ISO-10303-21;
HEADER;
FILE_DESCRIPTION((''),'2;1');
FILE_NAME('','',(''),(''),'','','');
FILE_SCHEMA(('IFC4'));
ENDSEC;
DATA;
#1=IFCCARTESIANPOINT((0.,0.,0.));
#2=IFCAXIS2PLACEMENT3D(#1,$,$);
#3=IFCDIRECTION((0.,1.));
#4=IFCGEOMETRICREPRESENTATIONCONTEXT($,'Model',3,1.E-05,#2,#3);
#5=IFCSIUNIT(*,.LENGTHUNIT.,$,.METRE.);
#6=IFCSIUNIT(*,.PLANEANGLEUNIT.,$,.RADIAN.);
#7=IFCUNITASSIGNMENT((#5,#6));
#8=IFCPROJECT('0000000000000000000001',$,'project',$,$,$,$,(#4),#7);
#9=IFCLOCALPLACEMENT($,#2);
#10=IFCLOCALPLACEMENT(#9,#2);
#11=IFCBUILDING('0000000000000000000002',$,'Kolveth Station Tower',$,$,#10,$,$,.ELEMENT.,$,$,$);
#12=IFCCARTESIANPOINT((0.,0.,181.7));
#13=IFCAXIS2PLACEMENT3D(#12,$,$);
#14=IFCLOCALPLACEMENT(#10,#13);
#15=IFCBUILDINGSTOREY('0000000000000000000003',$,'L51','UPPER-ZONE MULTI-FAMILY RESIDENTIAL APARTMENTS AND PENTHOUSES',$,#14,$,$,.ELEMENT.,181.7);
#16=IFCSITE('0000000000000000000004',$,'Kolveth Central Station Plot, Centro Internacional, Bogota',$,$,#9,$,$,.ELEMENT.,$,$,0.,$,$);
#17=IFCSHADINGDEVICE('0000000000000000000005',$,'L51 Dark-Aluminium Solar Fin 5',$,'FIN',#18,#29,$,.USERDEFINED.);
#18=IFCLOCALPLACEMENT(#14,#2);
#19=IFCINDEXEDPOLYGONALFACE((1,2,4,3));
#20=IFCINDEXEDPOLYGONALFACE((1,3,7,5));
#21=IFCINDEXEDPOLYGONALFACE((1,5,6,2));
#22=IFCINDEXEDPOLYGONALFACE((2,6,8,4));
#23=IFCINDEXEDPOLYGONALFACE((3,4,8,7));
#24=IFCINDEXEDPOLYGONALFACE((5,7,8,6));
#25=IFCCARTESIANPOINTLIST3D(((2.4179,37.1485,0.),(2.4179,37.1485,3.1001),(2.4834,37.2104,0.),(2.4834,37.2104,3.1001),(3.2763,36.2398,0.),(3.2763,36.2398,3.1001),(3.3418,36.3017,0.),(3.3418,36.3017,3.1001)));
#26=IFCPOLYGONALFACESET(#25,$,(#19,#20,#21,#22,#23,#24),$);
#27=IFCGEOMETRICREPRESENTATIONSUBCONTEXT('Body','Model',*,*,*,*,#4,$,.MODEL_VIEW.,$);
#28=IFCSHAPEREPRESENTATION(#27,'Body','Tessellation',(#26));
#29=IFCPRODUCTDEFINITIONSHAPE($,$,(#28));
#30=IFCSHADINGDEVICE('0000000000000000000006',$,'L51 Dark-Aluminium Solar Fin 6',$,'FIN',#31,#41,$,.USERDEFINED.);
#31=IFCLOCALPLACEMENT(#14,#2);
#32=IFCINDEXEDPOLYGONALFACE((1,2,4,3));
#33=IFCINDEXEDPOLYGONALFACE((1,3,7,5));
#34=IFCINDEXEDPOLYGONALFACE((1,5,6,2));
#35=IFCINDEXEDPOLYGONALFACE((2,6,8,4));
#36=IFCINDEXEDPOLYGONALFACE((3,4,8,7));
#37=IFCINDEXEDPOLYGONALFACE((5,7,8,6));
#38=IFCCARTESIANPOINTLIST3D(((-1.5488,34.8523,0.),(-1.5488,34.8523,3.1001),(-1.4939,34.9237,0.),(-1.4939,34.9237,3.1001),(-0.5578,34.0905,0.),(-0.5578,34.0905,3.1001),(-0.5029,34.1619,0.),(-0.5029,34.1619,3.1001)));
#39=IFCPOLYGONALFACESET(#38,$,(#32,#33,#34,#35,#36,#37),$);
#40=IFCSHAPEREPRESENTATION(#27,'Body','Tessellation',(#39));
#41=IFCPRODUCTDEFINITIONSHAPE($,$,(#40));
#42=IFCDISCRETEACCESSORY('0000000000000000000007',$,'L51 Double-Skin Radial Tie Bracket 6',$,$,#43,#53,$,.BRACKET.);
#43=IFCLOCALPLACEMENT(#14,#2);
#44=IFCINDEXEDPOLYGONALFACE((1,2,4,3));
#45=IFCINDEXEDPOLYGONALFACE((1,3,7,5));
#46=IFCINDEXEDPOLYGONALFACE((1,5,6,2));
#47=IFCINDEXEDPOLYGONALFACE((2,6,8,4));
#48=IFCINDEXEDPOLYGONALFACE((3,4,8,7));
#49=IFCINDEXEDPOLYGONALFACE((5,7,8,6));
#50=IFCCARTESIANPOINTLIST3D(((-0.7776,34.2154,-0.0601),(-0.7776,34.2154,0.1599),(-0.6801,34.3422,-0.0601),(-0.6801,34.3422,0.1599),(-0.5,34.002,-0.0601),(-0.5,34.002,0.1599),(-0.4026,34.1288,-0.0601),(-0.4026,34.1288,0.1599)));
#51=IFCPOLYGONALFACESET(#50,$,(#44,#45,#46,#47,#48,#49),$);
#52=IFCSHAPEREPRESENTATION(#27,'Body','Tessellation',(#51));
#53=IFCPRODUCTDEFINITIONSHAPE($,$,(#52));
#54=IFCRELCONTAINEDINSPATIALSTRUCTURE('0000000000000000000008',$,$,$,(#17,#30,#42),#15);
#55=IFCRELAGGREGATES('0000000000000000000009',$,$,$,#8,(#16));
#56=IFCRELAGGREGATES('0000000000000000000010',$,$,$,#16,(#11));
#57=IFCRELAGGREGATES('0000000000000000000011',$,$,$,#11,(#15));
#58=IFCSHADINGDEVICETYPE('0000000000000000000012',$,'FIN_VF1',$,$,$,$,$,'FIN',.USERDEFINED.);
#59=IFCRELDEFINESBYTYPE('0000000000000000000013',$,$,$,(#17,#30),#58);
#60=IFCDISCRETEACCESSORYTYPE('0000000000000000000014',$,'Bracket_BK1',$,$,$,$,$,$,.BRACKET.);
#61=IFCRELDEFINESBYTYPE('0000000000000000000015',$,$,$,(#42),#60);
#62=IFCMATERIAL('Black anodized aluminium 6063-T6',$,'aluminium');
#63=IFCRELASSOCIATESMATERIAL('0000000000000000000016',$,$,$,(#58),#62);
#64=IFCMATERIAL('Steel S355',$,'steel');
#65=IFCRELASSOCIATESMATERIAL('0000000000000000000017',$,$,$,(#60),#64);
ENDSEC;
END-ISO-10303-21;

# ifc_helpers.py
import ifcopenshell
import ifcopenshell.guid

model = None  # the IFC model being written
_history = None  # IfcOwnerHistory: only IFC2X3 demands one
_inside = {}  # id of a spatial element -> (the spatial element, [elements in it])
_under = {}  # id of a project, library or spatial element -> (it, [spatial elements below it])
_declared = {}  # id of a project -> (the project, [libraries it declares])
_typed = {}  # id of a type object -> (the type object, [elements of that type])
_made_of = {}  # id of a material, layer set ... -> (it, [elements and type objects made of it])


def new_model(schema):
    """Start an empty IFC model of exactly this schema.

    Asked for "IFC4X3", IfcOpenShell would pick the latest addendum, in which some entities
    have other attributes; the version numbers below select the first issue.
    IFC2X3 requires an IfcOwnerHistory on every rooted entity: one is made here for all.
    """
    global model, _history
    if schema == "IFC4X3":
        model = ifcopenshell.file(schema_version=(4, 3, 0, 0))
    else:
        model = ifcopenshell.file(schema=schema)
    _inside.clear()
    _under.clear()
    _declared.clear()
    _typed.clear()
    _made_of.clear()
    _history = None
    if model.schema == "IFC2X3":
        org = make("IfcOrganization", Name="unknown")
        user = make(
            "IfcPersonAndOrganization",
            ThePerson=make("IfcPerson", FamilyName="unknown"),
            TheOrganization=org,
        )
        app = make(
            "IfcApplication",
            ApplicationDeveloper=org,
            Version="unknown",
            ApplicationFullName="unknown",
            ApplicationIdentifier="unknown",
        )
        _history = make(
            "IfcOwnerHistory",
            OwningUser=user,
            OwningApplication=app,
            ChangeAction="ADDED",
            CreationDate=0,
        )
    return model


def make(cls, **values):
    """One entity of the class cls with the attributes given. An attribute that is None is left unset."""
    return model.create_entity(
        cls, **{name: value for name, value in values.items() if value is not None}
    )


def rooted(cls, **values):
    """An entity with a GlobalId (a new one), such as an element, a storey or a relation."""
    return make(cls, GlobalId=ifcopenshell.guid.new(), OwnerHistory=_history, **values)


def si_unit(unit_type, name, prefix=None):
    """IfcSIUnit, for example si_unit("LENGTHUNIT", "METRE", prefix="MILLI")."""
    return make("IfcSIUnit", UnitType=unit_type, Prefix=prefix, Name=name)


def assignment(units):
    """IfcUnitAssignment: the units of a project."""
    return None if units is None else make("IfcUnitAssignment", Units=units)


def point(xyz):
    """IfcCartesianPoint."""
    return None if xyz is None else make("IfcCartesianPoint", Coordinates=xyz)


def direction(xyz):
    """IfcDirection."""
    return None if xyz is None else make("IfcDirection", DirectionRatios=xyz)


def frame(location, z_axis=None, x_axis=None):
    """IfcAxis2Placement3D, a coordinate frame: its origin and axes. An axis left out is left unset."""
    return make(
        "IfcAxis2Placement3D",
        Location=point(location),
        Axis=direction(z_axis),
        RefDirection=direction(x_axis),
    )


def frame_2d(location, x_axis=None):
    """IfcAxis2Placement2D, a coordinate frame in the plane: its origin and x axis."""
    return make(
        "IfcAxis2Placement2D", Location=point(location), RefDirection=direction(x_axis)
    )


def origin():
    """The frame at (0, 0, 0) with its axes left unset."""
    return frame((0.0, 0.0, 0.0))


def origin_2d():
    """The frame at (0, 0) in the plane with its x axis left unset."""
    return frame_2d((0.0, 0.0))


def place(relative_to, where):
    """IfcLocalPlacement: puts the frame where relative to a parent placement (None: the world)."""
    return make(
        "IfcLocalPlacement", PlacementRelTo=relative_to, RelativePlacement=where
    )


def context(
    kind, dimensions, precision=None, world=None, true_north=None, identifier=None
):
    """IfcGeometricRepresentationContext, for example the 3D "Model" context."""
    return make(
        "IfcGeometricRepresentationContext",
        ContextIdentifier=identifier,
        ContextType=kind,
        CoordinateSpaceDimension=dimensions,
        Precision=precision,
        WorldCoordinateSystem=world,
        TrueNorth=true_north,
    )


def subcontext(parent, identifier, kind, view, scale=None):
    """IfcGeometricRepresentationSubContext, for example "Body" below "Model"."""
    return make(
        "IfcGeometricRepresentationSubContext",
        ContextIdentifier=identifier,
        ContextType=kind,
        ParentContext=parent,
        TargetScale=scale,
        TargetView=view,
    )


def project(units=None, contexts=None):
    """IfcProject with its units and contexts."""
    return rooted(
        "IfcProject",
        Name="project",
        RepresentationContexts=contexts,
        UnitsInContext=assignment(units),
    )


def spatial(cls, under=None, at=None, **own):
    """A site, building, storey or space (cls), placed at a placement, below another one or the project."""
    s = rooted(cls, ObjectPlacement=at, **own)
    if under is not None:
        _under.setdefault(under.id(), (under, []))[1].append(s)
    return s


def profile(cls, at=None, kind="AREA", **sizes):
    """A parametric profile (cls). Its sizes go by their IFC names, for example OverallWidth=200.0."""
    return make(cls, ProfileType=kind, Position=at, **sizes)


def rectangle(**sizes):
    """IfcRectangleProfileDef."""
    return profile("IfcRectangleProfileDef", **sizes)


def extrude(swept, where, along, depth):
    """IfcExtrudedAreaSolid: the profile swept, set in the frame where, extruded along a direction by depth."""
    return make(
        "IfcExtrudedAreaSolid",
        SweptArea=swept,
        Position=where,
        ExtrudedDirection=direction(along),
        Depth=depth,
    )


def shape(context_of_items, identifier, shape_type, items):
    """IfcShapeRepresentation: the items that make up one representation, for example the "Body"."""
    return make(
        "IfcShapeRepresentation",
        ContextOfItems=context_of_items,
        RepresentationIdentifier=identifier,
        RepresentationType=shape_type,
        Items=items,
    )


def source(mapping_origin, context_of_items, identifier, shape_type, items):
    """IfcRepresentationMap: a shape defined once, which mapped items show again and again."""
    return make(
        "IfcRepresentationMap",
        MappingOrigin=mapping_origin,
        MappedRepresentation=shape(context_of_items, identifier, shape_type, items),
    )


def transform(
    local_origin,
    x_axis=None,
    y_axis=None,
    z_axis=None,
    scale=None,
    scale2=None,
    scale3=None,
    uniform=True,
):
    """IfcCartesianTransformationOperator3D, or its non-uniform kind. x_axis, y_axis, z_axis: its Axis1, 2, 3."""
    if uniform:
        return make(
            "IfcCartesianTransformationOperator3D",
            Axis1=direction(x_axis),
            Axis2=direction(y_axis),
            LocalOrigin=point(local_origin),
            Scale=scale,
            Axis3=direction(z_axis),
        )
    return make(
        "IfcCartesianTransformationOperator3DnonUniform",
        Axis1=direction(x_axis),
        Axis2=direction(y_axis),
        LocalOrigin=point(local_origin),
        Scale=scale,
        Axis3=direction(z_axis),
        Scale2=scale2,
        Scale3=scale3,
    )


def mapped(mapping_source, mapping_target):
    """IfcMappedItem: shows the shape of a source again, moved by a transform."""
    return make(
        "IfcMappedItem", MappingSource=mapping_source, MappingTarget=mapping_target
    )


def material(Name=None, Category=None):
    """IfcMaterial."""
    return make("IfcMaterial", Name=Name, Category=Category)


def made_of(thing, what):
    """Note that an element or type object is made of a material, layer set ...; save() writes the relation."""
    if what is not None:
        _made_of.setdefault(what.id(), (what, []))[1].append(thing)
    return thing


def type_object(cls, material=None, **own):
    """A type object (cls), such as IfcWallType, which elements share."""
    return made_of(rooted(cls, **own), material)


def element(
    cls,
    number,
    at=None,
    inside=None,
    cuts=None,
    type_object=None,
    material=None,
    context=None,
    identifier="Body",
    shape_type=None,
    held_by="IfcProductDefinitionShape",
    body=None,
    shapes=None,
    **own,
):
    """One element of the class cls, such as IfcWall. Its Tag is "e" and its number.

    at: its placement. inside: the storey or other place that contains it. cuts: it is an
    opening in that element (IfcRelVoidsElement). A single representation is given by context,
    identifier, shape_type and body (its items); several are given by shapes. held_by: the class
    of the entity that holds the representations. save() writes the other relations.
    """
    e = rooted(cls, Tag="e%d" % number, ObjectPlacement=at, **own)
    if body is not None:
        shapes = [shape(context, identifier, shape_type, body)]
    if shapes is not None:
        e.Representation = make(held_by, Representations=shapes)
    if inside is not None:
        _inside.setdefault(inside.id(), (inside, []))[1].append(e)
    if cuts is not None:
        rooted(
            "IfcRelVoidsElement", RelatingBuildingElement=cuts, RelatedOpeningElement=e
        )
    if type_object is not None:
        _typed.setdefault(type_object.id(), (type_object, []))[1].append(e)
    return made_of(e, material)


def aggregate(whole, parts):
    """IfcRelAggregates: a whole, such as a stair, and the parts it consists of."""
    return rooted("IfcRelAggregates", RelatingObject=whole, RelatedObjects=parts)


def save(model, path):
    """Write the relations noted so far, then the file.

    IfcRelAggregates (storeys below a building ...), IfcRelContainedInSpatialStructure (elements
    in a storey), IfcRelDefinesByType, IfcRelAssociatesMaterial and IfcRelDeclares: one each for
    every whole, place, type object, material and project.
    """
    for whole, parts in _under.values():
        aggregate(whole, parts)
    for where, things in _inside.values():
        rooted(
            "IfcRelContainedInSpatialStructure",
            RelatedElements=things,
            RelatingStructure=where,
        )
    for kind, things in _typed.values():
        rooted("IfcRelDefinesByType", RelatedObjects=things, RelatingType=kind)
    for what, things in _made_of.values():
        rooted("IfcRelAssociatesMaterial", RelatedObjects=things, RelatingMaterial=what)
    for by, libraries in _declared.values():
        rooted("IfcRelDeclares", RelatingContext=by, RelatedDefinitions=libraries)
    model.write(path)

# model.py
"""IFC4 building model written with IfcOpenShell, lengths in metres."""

from ifc_helpers import new_model, si_unit, direction, frame, origin, origin_2d, place, context, subcontext, project, spatial, rectangle, extrude, source, transform, mapped, material, type_object, element, save


model = new_model("IFC4")

# Units and contexts
model_context = context("Model", 3, precision=1e-05, world=origin(), true_north=direction((0.0, 1.0)))
body_context = subcontext(model_context, "Body", "Model", "MODEL_VIEW")
ifc_project = project(units=[si_unit("LENGTHUNIT", "METRE"), si_unit("PLANEANGLEUNIT", "RADIAN")], contexts=[model_context])

# Site, building, storey
site_placement = place(None, origin())
site = spatial("IfcSite", under=ifc_project, at=site_placement, Name="Kolveth Central Station Plot, Centro Internacional, Bogota", CompositionType="ELEMENT", RefElevation=0.0)
building_placement = place(site_placement, origin())
building = spatial("IfcBuilding", under=site, at=building_placement, Name="Kolveth Station Tower", CompositionType="ELEMENT")
storey_placement = place(building_placement, frame((0.0, 0.0, 181.7)))
storey = spatial("IfcBuildingStorey", under=building, at=storey_placement, Name="L51", Description="UPPER-ZONE MULTI-FAMILY RESIDENTIAL APARTMENTS AND PENTHOUSES", CompositionType="ELEMENT", Elevation=181.7)

# Shared definitions
ifc_material_1 = material(Name="Black anodized aluminium 6063-T6", Category="aluminium")

# Shading devices
shading_device_type = type_object("IfcShadingDeviceType", Name="FIN_VF1", ElementType="FIN", PredefinedType="USERDEFINED", material=ifc_material_1)
shared_shape_1 = source(origin(), body_context, "Body", "SweptSolid", [
    extrude(rectangle(XDim=1.25, YDim=0.0901, at=origin_2d()), origin(), (0.0, 0.0, 1.0), 3.1001),
])
for number, where, z_axis, x_axis, name in (
    (1, (2.8799, 36.7251, 0.0), (0.0, 0.0, 1.0), (-0.686707, 0.726934, 0.0), "L51 Dark-Aluminium Solar Fin 5"),
    (2, (-1.0259, 34.5071, 0.0), (0.0, 0.0, 1.0), (-0.792822, 0.609454, 0.0), "L51 Dark-Aluminium Solar Fin 6"),
):
    element("IfcShadingDevice", number, at=place(storey_placement, frame(where, z_axis=z_axis, x_axis=x_axis)), inside=storey, type_object=shading_device_type, Name=name, ObjectType="FIN", PredefinedType="USERDEFINED", context=body_context, shape_type="MappedRepresentation", body=[
        mapped(shared_shape_1, transform((0.0, 0.0, 0.0), x_axis=(1.0, 0.0, 0.0), y_axis=(0.0, 1.0, 0.0), z_axis=(0.0, 0.0, 1.0), scale=1.0)),
    ])

# Discrete accessory
ifc_material_2 = material(Name="Steel S355", Category="steel")
discrete_accessory_type = type_object("IfcDiscreteAccessoryType", Name="Bracket_BK1", PredefinedType="BRACKET", material=ifc_material_2)
shared_shape_2 = source(origin(), body_context, "Body", "SweptSolid", [
    extrude(rectangle(XDim=0.3501, YDim=0.1599, at=origin_2d()), origin(), (0.0, 0.0, 1.0), 0.22),
])
discrete_accessory_placement = place(storey_placement, frame((-0.5901, 34.1721, -0.0601), z_axis=(0.0, 0.0, 1.0), x_axis=(-0.792822, 0.609454, 0.0)))
element("IfcDiscreteAccessory", 3, at=discrete_accessory_placement, inside=storey, type_object=discrete_accessory_type, Name="L51 Double-Skin Radial Tie Bracket 6", PredefinedType="BRACKET", context=body_context, shape_type="MappedRepresentation", body=[
    mapped(shared_shape_2, transform((0.0, 0.0, 0.0), x_axis=(1.0, 0.0, 0.0), y_axis=(0.0, 1.0, 0.0), z_axis=(0.0, 0.0, 1.0), scale=1.0)),
])

save(model, "model.ifc")
